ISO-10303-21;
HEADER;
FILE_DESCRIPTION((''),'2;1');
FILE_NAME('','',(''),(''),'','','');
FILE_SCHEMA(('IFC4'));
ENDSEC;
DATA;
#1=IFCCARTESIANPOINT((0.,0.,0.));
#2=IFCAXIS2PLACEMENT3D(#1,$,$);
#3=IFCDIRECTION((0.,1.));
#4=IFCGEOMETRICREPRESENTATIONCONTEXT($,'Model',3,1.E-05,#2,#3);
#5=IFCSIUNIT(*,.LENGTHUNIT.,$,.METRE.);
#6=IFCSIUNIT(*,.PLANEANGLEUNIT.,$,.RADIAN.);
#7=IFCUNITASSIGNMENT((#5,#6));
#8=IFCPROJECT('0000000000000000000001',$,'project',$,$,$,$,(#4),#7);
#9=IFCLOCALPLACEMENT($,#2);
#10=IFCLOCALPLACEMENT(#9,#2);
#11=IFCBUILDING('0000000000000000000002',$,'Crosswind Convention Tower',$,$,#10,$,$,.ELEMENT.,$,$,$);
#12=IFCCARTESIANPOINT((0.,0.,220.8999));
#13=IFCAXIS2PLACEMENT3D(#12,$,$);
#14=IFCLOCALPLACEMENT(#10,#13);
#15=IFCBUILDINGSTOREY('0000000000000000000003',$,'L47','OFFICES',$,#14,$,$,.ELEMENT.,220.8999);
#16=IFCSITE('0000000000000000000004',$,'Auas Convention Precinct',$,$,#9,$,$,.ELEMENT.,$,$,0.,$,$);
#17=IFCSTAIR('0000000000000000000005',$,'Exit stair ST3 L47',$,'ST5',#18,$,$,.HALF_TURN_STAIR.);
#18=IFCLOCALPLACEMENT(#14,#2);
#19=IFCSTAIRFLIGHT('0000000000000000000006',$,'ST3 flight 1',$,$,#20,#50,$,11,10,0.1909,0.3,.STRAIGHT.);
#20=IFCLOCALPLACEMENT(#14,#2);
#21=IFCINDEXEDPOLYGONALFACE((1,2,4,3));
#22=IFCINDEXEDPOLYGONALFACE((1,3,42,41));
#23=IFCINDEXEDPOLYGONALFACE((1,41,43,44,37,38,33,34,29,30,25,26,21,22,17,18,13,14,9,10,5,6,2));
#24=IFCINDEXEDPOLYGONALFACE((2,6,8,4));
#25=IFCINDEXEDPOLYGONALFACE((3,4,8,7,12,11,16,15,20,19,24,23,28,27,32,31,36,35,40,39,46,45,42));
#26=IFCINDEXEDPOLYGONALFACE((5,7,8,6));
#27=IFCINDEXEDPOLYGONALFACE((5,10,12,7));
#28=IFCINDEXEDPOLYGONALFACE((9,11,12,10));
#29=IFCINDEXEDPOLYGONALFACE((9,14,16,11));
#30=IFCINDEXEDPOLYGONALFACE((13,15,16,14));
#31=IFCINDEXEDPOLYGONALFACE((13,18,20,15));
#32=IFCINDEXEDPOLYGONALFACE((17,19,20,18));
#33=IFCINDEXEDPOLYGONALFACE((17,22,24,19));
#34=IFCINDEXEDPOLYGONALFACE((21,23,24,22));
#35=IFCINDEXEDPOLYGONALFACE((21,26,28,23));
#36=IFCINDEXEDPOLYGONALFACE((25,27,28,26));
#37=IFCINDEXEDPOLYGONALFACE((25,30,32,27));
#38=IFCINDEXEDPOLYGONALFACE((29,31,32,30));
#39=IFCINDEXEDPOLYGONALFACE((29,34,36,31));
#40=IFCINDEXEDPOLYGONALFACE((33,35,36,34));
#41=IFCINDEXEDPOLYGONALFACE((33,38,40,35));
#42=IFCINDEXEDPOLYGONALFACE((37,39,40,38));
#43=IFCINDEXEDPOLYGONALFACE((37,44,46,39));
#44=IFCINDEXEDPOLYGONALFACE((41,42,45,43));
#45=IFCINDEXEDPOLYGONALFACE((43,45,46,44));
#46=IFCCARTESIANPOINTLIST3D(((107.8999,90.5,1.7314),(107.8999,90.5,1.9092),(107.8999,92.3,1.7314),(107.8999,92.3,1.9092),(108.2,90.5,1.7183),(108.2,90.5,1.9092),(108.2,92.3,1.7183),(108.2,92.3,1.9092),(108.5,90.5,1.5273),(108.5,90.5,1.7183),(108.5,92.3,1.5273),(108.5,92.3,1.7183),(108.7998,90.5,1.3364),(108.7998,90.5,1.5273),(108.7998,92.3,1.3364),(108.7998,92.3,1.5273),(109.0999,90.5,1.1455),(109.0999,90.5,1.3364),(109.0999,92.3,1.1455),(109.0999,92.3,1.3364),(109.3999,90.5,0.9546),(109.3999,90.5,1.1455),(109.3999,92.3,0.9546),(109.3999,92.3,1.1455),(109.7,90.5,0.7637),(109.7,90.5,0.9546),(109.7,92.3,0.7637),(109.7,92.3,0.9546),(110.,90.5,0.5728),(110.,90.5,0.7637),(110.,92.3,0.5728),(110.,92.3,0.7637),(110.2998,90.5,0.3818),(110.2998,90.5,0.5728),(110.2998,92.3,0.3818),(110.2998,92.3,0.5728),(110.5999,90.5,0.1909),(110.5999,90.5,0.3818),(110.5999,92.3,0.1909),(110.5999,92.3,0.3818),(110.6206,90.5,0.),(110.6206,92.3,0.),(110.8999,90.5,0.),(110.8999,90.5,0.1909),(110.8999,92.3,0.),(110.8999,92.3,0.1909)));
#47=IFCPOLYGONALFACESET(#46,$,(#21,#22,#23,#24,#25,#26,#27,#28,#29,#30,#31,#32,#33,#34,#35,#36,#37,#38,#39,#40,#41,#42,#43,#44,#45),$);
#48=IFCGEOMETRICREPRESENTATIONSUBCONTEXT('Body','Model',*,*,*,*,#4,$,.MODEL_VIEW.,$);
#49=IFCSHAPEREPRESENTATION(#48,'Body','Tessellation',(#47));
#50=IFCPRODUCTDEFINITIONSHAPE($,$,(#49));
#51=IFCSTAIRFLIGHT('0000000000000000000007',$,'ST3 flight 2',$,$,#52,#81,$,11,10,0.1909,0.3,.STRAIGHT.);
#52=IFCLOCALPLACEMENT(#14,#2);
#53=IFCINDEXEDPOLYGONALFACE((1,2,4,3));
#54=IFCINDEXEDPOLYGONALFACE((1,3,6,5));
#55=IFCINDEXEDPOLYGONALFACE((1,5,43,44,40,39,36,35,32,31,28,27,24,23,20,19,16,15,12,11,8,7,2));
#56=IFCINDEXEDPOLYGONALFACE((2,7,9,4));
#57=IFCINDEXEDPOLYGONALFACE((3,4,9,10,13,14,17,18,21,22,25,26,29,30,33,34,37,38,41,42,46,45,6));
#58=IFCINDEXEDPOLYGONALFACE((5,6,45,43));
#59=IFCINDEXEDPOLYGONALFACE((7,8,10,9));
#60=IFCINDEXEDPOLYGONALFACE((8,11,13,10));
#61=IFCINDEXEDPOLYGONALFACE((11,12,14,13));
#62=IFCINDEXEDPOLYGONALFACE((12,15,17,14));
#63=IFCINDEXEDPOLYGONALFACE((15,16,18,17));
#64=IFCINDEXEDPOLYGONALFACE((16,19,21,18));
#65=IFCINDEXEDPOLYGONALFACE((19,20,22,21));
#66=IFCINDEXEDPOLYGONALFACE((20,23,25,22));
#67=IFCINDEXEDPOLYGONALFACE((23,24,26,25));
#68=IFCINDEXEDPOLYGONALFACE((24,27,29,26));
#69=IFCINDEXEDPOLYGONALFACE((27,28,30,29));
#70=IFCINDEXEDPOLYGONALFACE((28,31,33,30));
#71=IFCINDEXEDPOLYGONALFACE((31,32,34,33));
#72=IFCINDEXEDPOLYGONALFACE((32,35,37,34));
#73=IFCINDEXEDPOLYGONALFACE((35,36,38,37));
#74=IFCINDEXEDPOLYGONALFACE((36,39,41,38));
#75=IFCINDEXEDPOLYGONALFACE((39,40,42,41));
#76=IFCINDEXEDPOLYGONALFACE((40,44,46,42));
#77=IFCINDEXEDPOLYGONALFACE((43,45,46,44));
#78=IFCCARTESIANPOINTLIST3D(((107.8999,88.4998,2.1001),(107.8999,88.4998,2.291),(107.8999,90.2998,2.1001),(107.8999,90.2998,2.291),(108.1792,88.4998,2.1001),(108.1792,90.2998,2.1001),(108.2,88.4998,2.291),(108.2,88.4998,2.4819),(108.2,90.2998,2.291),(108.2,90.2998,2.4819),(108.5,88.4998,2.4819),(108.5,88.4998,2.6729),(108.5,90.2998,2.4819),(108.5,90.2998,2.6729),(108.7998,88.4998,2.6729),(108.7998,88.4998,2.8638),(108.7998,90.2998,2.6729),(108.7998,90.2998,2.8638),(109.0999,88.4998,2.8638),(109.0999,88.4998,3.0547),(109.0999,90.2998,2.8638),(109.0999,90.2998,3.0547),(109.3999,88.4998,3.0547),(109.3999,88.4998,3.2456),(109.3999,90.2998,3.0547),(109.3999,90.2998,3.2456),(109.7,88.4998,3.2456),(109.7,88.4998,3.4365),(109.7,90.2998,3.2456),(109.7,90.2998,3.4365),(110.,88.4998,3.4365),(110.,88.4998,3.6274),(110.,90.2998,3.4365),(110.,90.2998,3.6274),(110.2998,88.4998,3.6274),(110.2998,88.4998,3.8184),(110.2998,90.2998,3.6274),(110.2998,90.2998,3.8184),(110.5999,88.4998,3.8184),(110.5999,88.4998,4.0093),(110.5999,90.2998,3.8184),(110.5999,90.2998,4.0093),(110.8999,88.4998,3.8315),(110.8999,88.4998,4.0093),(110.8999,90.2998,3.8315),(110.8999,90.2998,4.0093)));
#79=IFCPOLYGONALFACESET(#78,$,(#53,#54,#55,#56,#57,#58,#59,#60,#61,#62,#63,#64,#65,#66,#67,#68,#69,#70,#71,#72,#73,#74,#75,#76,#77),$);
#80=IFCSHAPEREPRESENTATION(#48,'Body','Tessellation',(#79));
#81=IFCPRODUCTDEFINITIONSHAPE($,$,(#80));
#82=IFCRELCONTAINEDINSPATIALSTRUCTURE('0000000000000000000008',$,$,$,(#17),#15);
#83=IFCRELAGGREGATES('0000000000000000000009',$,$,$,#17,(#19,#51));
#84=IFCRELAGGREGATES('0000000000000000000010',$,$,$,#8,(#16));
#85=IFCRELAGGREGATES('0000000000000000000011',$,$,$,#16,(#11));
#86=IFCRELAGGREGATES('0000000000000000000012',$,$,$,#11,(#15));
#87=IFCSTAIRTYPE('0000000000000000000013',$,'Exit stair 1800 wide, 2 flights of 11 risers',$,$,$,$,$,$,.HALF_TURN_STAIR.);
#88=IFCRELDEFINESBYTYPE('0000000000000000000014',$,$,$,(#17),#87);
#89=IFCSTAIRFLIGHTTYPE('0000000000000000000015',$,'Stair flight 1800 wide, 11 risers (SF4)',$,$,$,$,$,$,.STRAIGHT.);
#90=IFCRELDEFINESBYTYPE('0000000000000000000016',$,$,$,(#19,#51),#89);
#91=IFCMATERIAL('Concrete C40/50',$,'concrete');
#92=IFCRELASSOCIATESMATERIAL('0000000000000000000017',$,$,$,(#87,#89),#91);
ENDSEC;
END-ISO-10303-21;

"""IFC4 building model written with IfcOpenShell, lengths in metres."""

from ifc_helpers import new_model, si_unit, direction, frame, origin, place, context, subcontext, project, spatial, polyline, outline, extrude, material, type_object, element, aggregate, save


model = new_model("IFC4")

# Units and contexts
model_context = context("Model", 3, precision=1e-05, world=origin(), true_north=direction((0.0, 1.0)))
body_context = subcontext(model_context, "Body", "Model", "MODEL_VIEW")
ifc_project = project(units=[si_unit("LENGTHUNIT", "METRE"), si_unit("PLANEANGLEUNIT", "RADIAN")], contexts=[model_context])

# Site, building, storey
site_placement = place(None, origin())
site = spatial("IfcSite", under=ifc_project, at=site_placement, Name="Auas Convention Precinct", CompositionType="ELEMENT", RefElevation=0.0)
building_placement = place(site_placement, origin())
building = spatial("IfcBuilding", under=site, at=building_placement, Name="Crosswind Convention Tower", CompositionType="ELEMENT")
storey_placement = place(building_placement, frame((0.0, 0.0, 220.8999)))
storey = spatial("IfcBuildingStorey", under=building, at=storey_placement, Name="L47", Description="OFFICES", CompositionType="ELEMENT", Elevation=220.8999)

# Shared definitions
ifc_material_1 = material(Name="Concrete C40/50", Category="concrete")

# Stair
stair_type = type_object("IfcStairType", Name="Exit stair 1800 wide, 2 flights of 11 risers", PredefinedType="HALF_TURN_STAIR", material=ifc_material_1)
stair_1_placement = place(storey_placement, origin())
stair_1 = element("IfcStair", 1, at=stair_1_placement, inside=storey, type_object=stair_type, Name="Exit stair ST3 L47", ObjectType="ST5", PredefinedType="HALF_TURN_STAIR")

# Stair flights
stair_flight_type = type_object("IfcStairFlightType", Name="Stair flight 1800 wide, 11 risers (SF4)", PredefinedType="STRAIGHT", material=ifc_material_1)
stair_flight_1_placement = place(storey_placement, frame((110.8999, 91.3999, 0.0), z_axis=(0.0, 0.0, 1.0), x_axis=(-1.0, 0.0, 0.0)))
stair_flight_1 = element("IfcStairFlight", 2, at=stair_flight_1_placement, type_object=stair_flight_type, Name="ST3 flight 1", NumberOfRisers=11, NumberOfTreads=10, PredefinedType="STRAIGHT", RiserHeight=0.1909, TreadLength=0.3, context=body_context, shape_type="SweptSolid", body=[
    extrude(outline(polyline([(0.0, 0.0), (0.0, 0.1909), (0.3, 0.1909), (0.3, 0.3818), (0.6001, 0.3818), (0.6001, 0.5728), (0.8999, 0.5728), (0.8999, 0.7637), (1.2, 0.7637), (1.2, 0.9546), (1.5, 0.9546), (1.5, 1.1455), (1.8, 1.1455), (1.8, 1.3364), (2.1001, 1.3364), (2.1001, 1.5273), (2.3999, 1.5273), (2.3999, 1.7183), (2.7, 1.7183), (2.7, 1.9092), (3.0, 1.9092), (3.0, 2.1001), (3.0, 1.7314), (0.2793, 0.0), (0.0, 0.0)])), frame((0.0, 0.8999, 0.0), z_axis=(0.0, -1.0, 0.0), x_axis=(1.0, 0.0, 0.0)), (0.0, 0.0, 1.0), 1.8),
])
stair_flight_2_placement = place(storey_placement, frame((107.8999, 89.3999, 2.1001), z_axis=(0.0, 0.0, 1.0), x_axis=(1.0, 0.0, 0.0)))
stair_flight_2 = element("IfcStairFlight", 3, at=stair_flight_2_placement, type_object=stair_flight_type, Name="ST3 flight 2", NumberOfRisers=11, NumberOfTreads=10, PredefinedType="STRAIGHT", RiserHeight=0.1909, TreadLength=0.3, context=body_context, shape_type="SweptSolid", body=[
    extrude(outline(polyline([(0.0, 0.0), (0.0, 0.1909), (0.3, 0.1909), (0.3, 0.3818), (0.6001, 0.3818), (0.6001, 0.5728), (0.8999, 0.5728), (0.8999, 0.7637), (1.2, 0.7637), (1.2, 0.9546), (1.5, 0.9546), (1.5, 1.1455), (1.8, 1.1455), (1.8, 1.3364), (2.1001, 1.3364), (2.1001, 1.5273), (2.3999, 1.5273), (2.3999, 1.7183), (2.7, 1.7183), (2.7, 1.9092), (3.0, 1.9092), (3.0, 2.1001), (3.0, 1.7314), (0.2793, 0.0), (0.0, 0.0)])), frame((0.0, 0.8999, 0.0), z_axis=(0.0, -1.0, 0.0), x_axis=(1.0, 0.0, 0.0)), (0.0, 0.0, 1.0), 1.8),
])
aggregate(stair_1, [stair_flight_1, stair_flight_2])

save(model, "model.ifc")
